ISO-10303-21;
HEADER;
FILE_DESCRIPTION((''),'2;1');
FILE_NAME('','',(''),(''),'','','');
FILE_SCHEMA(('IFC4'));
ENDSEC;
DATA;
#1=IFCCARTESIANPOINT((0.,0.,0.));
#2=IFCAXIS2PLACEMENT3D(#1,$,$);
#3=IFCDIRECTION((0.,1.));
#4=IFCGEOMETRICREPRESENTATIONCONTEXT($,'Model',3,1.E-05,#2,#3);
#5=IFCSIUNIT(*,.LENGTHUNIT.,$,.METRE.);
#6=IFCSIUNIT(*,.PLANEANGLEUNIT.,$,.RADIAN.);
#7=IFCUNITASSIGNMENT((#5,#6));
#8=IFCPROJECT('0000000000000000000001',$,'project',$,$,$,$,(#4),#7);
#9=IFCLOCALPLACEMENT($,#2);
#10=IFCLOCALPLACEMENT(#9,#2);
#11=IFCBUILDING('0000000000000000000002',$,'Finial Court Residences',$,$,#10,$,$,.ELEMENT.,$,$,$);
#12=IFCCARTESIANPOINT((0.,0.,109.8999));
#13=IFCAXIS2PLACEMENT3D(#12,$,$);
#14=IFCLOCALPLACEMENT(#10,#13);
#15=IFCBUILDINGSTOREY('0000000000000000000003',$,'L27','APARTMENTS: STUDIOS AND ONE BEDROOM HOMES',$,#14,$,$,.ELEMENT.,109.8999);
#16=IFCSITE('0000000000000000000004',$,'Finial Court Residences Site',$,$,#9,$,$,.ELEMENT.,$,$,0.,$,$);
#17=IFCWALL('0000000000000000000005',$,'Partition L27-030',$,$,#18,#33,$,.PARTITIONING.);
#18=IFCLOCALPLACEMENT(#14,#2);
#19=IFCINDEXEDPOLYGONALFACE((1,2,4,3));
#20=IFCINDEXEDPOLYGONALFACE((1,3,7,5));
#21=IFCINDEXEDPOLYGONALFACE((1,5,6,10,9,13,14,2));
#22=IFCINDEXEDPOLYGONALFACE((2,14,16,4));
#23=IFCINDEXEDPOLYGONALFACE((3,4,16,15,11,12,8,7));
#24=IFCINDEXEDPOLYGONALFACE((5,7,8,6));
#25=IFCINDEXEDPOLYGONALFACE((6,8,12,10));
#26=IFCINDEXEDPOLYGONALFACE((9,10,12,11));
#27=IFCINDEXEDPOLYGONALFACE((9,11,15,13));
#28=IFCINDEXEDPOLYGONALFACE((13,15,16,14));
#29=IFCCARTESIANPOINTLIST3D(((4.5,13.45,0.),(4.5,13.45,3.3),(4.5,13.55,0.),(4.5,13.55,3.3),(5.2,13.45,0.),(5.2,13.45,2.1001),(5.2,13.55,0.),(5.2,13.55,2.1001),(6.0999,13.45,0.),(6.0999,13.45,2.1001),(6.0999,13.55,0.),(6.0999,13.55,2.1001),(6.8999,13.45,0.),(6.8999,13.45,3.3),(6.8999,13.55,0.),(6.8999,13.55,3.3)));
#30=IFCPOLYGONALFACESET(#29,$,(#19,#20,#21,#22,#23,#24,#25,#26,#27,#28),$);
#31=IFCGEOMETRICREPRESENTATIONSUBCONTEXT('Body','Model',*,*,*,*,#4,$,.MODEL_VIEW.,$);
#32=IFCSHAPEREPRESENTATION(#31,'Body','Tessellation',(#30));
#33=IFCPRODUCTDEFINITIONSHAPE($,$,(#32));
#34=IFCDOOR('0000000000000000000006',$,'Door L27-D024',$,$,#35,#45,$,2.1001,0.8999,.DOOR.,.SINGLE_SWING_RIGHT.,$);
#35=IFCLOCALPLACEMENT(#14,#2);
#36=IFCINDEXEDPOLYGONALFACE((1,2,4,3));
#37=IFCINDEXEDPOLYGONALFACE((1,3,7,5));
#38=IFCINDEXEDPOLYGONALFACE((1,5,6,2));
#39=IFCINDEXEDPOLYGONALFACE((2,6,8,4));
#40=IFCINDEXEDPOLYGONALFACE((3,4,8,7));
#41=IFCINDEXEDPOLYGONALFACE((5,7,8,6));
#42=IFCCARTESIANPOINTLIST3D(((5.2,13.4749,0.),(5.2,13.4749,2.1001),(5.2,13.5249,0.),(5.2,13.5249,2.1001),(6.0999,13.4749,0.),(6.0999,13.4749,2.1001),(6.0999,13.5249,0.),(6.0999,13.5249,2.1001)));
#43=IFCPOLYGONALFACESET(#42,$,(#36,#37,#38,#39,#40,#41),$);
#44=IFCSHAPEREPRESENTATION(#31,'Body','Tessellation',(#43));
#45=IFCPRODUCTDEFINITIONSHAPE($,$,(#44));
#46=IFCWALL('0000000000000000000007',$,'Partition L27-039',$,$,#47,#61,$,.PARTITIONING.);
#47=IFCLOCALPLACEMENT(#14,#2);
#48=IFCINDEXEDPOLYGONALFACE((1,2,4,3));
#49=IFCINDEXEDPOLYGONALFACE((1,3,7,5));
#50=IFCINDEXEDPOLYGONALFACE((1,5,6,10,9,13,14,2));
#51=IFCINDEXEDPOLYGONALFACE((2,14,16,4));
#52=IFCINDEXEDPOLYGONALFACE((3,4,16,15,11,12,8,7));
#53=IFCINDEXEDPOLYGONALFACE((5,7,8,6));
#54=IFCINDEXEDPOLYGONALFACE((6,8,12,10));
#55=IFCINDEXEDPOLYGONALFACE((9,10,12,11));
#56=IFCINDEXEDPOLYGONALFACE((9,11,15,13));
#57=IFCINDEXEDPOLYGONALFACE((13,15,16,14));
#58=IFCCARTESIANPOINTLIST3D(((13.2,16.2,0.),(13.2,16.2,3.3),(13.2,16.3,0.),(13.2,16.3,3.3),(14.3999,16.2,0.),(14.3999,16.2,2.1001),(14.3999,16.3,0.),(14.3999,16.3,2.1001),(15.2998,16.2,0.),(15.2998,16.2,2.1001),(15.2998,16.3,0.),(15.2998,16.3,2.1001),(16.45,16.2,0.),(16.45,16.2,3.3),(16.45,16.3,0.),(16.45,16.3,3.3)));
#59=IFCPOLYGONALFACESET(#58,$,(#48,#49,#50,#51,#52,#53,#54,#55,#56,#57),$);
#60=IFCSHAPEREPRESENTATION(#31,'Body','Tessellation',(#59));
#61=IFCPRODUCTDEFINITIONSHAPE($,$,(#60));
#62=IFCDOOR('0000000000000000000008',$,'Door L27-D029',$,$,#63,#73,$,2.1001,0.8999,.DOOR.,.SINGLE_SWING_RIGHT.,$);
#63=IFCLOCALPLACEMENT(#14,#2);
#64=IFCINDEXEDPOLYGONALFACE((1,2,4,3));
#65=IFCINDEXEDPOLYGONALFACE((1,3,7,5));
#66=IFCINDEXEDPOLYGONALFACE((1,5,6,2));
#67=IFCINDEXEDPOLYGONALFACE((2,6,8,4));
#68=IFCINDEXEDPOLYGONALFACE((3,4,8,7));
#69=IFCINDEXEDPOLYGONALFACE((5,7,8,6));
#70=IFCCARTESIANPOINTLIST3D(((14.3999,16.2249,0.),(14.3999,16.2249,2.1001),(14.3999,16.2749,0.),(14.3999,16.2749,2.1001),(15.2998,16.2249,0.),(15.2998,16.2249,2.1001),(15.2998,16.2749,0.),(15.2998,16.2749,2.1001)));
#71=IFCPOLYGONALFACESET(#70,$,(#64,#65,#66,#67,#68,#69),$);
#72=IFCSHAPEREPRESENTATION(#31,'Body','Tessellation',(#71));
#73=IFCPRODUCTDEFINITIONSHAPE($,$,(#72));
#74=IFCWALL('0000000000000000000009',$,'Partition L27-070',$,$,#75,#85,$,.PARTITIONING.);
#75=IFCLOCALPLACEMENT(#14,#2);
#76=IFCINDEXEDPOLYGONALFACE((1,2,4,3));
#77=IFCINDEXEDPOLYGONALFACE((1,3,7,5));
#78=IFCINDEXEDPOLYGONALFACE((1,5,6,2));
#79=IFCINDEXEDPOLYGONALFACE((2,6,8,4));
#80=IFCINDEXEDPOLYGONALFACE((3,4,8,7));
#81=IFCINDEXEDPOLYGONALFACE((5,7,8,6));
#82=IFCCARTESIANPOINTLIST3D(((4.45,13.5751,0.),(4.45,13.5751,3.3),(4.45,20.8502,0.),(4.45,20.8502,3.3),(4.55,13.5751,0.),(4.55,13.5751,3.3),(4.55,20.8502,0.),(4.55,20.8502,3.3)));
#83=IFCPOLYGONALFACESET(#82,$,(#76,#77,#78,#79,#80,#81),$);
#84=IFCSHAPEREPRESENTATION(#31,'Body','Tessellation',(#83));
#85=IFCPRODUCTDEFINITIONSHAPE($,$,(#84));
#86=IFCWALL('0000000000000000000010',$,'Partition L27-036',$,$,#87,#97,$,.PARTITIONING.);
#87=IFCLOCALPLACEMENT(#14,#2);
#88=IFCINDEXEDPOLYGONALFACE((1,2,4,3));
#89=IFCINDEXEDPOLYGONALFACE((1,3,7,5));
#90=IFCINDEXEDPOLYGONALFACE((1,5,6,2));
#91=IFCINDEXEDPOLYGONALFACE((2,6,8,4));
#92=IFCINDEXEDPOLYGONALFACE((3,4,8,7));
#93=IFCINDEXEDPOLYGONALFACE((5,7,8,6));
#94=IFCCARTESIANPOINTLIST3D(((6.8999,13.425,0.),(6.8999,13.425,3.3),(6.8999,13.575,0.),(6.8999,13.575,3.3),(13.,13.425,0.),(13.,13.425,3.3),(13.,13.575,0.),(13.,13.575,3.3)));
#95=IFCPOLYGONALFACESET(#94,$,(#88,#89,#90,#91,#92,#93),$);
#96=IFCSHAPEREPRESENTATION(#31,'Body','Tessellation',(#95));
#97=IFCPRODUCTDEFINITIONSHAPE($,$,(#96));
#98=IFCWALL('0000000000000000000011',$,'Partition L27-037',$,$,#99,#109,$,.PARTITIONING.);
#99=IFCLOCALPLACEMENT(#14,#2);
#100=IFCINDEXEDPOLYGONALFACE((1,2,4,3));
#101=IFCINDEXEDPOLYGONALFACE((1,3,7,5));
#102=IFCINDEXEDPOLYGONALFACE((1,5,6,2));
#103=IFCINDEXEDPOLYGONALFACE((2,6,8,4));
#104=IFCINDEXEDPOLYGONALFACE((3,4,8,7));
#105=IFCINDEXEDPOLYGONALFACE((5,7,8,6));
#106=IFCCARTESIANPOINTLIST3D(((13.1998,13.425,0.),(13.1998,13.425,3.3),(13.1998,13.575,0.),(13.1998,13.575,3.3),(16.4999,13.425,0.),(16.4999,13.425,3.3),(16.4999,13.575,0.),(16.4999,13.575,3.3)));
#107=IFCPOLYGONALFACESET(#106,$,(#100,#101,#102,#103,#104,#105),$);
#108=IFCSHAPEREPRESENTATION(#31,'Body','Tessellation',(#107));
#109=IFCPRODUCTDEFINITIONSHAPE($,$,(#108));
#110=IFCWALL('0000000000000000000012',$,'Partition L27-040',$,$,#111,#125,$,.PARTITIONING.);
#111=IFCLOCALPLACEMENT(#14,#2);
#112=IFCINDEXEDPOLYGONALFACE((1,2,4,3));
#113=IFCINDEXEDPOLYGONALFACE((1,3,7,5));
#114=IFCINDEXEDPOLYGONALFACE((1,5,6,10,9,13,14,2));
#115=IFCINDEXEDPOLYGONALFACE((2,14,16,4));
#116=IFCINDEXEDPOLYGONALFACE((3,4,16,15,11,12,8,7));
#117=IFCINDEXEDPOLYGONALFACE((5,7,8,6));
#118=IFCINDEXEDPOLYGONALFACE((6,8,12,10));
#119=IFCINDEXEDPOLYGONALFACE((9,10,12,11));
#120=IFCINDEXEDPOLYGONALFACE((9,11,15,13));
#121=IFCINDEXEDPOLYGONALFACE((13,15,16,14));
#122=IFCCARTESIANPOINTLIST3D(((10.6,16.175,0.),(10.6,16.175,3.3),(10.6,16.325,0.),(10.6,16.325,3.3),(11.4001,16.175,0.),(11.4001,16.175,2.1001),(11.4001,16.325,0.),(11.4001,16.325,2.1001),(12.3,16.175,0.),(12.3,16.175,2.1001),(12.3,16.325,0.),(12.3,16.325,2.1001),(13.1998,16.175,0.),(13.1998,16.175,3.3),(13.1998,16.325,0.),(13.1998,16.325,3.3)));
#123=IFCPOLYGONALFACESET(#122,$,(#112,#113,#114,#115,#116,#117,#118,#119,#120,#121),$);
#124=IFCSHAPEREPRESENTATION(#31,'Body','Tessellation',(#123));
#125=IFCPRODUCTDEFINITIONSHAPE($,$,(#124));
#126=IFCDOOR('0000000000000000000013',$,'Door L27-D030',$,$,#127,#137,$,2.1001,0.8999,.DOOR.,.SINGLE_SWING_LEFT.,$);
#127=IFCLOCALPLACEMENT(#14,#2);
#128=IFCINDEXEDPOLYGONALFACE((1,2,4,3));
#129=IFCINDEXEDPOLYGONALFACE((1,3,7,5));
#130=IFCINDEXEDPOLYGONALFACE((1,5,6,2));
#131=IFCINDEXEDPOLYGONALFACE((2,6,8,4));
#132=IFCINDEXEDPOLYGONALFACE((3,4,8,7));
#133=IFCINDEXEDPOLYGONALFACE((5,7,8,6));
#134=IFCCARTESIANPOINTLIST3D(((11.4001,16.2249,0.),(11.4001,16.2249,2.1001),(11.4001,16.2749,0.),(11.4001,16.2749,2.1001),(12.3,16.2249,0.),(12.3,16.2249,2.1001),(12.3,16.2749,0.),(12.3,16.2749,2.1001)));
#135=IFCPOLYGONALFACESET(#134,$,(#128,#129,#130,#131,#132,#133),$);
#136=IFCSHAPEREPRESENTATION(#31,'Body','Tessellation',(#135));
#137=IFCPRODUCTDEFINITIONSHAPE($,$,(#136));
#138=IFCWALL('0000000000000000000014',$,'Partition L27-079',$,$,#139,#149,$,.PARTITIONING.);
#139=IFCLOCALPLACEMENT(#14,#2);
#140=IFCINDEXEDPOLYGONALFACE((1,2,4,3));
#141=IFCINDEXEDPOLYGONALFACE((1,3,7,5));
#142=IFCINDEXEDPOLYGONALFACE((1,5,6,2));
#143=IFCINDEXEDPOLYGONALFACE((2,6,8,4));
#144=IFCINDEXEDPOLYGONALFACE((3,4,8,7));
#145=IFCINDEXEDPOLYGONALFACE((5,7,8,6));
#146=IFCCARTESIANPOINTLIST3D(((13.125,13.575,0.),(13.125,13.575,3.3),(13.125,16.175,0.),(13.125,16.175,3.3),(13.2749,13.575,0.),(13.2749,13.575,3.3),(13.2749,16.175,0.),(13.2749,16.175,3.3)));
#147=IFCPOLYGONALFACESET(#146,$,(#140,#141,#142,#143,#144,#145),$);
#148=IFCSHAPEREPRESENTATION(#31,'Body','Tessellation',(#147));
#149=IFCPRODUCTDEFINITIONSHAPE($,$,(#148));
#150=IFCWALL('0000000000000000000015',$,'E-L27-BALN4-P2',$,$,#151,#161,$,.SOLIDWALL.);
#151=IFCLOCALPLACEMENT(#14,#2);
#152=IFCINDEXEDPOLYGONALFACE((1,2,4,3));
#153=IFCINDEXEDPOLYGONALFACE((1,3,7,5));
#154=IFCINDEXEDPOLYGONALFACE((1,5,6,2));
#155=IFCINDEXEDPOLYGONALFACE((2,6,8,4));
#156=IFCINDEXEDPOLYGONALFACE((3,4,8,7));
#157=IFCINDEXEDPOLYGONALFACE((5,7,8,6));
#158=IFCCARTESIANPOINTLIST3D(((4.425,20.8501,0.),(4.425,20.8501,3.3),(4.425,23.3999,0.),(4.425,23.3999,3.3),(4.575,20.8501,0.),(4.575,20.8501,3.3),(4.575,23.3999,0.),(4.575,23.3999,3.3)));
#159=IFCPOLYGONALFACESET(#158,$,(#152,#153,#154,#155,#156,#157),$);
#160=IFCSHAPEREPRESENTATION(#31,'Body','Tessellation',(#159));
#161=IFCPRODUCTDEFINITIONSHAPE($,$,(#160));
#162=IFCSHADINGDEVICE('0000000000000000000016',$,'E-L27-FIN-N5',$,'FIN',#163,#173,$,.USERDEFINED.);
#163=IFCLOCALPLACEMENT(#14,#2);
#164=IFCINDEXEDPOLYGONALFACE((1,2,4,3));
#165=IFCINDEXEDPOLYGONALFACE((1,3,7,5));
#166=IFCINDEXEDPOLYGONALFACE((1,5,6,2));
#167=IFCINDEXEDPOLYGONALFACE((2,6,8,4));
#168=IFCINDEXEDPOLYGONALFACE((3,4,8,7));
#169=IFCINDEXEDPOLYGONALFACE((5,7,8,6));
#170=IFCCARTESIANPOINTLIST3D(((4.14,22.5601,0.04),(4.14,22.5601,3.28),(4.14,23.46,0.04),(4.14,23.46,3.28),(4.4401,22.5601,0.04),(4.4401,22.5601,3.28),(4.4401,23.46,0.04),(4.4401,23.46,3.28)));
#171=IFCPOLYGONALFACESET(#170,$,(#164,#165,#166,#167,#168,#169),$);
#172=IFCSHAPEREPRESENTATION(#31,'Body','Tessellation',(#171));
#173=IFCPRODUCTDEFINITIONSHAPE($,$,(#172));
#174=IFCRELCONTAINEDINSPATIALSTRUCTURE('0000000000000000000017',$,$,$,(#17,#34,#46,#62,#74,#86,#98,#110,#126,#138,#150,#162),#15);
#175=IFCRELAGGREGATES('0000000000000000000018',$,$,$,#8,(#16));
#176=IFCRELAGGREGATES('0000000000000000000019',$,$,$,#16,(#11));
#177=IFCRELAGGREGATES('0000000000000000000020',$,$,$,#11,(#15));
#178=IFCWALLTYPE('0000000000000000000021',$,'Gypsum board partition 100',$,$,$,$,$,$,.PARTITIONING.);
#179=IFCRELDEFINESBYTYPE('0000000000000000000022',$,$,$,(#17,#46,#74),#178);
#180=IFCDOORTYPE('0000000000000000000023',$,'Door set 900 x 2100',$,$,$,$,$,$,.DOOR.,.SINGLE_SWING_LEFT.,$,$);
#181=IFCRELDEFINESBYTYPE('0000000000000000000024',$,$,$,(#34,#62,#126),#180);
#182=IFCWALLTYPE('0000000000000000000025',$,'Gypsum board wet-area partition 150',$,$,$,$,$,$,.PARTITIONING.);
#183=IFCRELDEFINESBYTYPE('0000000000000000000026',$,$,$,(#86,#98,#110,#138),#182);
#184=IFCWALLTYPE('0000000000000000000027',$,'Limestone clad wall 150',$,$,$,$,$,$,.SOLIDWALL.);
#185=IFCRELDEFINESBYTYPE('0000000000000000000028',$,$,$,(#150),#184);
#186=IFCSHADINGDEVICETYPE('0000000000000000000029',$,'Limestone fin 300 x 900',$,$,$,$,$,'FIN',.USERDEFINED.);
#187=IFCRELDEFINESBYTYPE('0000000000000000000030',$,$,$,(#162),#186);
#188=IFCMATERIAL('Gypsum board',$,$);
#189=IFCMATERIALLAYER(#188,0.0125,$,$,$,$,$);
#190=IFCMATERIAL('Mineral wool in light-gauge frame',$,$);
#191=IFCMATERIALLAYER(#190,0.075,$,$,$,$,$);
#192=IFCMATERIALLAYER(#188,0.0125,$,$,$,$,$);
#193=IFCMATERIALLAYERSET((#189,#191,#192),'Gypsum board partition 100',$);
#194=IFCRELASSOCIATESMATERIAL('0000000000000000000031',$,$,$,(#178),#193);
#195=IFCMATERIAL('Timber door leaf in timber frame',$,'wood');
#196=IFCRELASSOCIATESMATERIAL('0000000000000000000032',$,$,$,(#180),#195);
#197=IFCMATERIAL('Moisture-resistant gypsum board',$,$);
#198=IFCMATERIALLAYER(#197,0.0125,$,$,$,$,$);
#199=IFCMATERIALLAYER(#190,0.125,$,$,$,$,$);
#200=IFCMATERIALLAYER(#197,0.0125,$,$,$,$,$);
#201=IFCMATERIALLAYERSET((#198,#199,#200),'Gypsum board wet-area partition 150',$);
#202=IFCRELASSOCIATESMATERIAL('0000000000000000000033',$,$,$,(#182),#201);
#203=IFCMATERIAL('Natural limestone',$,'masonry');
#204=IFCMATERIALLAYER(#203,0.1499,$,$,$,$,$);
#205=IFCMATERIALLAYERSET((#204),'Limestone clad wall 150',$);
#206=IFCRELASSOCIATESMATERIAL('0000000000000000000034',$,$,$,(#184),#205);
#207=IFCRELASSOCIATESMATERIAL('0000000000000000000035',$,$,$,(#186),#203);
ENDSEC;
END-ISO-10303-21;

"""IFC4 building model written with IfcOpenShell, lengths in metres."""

from ifc_helpers import new_model, si_unit, direction, frame, frame_2d, origin, origin_2d, place, context, subcontext, project, spatial, rectangle, extrude, material, layer, layer_set, type_object, element, fill, save


model = new_model("IFC4")

# Units and contexts
model_context = context("Model", 3, precision=1e-05, world=origin(), true_north=direction((0.0, 1.0)))
body_context = subcontext(model_context, "Body", "Model", "MODEL_VIEW")
ifc_project = project(units=[si_unit("LENGTHUNIT", "METRE"), si_unit("PLANEANGLEUNIT", "RADIAN")], contexts=[model_context])

# Site, building, storey
site_placement = place(None, origin())
site = spatial("IfcSite", under=ifc_project, at=site_placement, Name="Finial Court Residences Site", CompositionType="ELEMENT", RefElevation=0.0)
building_placement = place(site_placement, origin())
building = spatial("IfcBuilding", under=site, at=building_placement, Name="Finial Court Residences", CompositionType="ELEMENT")
storey_placement = place(building_placement, frame((0.0, 0.0, 109.8999)))
storey = spatial("IfcBuildingStorey", under=building, at=storey_placement, Name="L27", Description="APARTMENTS: STUDIOS AND ONE BEDROOM HOMES", CompositionType="ELEMENT", Elevation=109.8999)

# Shared definitions
ifc_material_1 = material(Name="Gypsum board")

# Walls, openings, doors
ifc_layer_1 = layer(ifc_material_1, 0.0125)
ifc_material_2 = material(Name="Mineral wool in light-gauge frame")
ifc_layer_2 = layer(ifc_material_2, 0.075)
ifc_layer_3 = layer(ifc_material_1, 0.0125)
ifc_layer_set_1 = layer_set([ifc_layer_1, ifc_layer_2, ifc_layer_3], Name="Gypsum board partition 100")
wall_type_1 = type_object("IfcWallType", Name="Gypsum board partition 100", PredefinedType="PARTITIONING", material=ifc_layer_set_1)
wall_1_placement = place(storey_placement, frame((4.5, 13.5, 0.0), z_axis=(0.0, 0.0, 1.0), x_axis=(1.0, 0.0, 0.0)))
wall_1 = element("IfcWall", 1, at=wall_1_placement, inside=storey, type_object=wall_type_1, Name="Partition L27-030", PredefinedType="PARTITIONING", context=body_context, shape_type="SweptSolid", body=[
    extrude(rectangle(XDim=2.3999, YDim=0.1001, at=frame_2d((1.2, 0.0))), origin(), (0.0, 0.0, 1.0), 3.3),
])
opening_1_placement = place(wall_1_placement, frame((0.7, 0.0, 0.0)))
opening_1 = element("IfcOpeningElement", 2, at=opening_1_placement, cuts=wall_1, PredefinedType="OPENING", context=body_context, shape_type="SweptSolid", body=[
    extrude(rectangle(XDim=0.8999, YDim=2.1001, at=frame_2d((0.45, 1.05))), frame((0.0, 0.0601, 0.0), z_axis=(0.0, -1.0, 0.0), x_axis=(1.0, 0.0, 0.0)), (0.0, 0.0, 1.0), 0.1201),
])
ifc_material_3 = material(Name="Timber door leaf in timber frame", Category="wood")
door_type = type_object("IfcDoorType", Name="Door set 900 x 2100", OperationType="SINGLE_SWING_LEFT", PredefinedType="DOOR", material=ifc_material_3)
door_1_placement = place(opening_1_placement, origin())
door_1 = element("IfcDoor", 3, at=door_1_placement, inside=storey, type_object=door_type, Name="Door L27-D024", OperationType="SINGLE_SWING_RIGHT", OverallHeight=2.1001, OverallWidth=0.8999, PredefinedType="DOOR", context=body_context, shape_type="SweptSolid", body=[
    extrude(rectangle(XDim=0.8999, YDim=2.1001, at=frame_2d((0.45, 1.05))), frame((0.0, 0.0249, 0.0), z_axis=(0.0, -1.0, 0.0), x_axis=(1.0, 0.0, 0.0)), (0.0, 0.0, 1.0), 0.05),
])
fill(opening_1, door_1)
wall_2_placement = place(storey_placement, frame((13.2, 16.25, 0.0), z_axis=(0.0, 0.0, 1.0), x_axis=(1.0, 0.0, 0.0)))
wall_2 = element("IfcWall", 4, at=wall_2_placement, inside=storey, type_object=wall_type_1, Name="Partition L27-039", PredefinedType="PARTITIONING", context=body_context, shape_type="SweptSolid", body=[
    extrude(rectangle(XDim=3.25, YDim=0.1001, at=frame_2d((1.625, 0.0))), origin(), (0.0, 0.0, 1.0), 3.3),
])
opening_2_placement = place(wall_2_placement, frame((1.2, 0.0, 0.0)))
opening_2 = element("IfcOpeningElement", 5, at=opening_2_placement, cuts=wall_2, PredefinedType="OPENING", context=body_context, shape_type="SweptSolid", body=[
    extrude(rectangle(XDim=0.8999, YDim=2.1001, at=frame_2d((0.45, 1.05))), frame((0.0, 0.0601, 0.0), z_axis=(0.0, -1.0, 0.0), x_axis=(1.0, 0.0, 0.0)), (0.0, 0.0, 1.0), 0.1201),
])
door_2_placement = place(opening_2_placement, origin())
door_2 = element("IfcDoor", 6, at=door_2_placement, inside=storey, type_object=door_type, Name="Door L27-D029", OperationType="SINGLE_SWING_RIGHT", OverallHeight=2.1001, OverallWidth=0.8999, PredefinedType="DOOR", context=body_context, shape_type="SweptSolid", body=[
    extrude(rectangle(XDim=0.8999, YDim=2.1001, at=frame_2d((0.45, 1.05))), frame((0.0, 0.0249, 0.0), z_axis=(0.0, -1.0, 0.0), x_axis=(1.0, 0.0, 0.0)), (0.0, 0.0, 1.0), 0.05),
])
fill(opening_2, door_2)

# Walls
wall_3_placement = place(storey_placement, frame((4.5, 13.575, 0.0), z_axis=(0.0, 0.0, 1.0), x_axis=(0.0, 1.0, 0.0)))
element("IfcWall", 7, at=wall_3_placement, inside=storey, type_object=wall_type_1, Name="Partition L27-070", PredefinedType="PARTITIONING", context=body_context, shape_type="SweptSolid", body=[
    extrude(rectangle(XDim=7.2751, YDim=0.1001, at=frame_2d((3.6377, 0.0))), origin(), (0.0, 0.0, 1.0), 3.3),
])
ifc_material_4 = material(Name="Moisture-resistant gypsum board")
ifc_layer_4 = layer(ifc_material_4, 0.0125)
ifc_layer_5 = layer(ifc_material_2, 0.125)
ifc_layer_6 = layer(ifc_material_4, 0.0125)
ifc_layer_set_2 = layer_set([ifc_layer_4, ifc_layer_5, ifc_layer_6], Name="Gypsum board wet-area partition 150")
wall_type_2 = type_object("IfcWallType", Name="Gypsum board wet-area partition 150", PredefinedType="PARTITIONING", material=ifc_layer_set_2)
wall_4_placement = place(storey_placement, frame((6.8999, 13.5, 0.0), z_axis=(0.0, 0.0, 1.0), x_axis=(1.0, 0.0, 0.0)))
element("IfcWall", 8, at=wall_4_placement, inside=storey, type_object=wall_type_2, Name="Partition L27-036", PredefinedType="PARTITIONING", context=body_context, shape_type="SweptSolid", body=[
    extrude(rectangle(XDim=6.1001, YDim=0.1499, at=frame_2d((3.05, 0.0))), origin(), (0.0, 0.0, 1.0), 3.3),
])
wall_5_placement = place(storey_placement, frame((13.2, 13.5, 0.0), z_axis=(0.0, 0.0, 1.0), x_axis=(1.0, 0.0, 0.0)))
element("IfcWall", 9, at=wall_5_placement, inside=storey, type_object=wall_type_2, Name="Partition L27-037", PredefinedType="PARTITIONING", context=body_context, shape_type="SweptSolid", body=[
    extrude(rectangle(XDim=3.3, YDim=0.1499, at=frame_2d((1.6499, 0.0))), origin(), (0.0, 0.0, 1.0), 3.3),
])

# Wall, opening, door
wall_6_placement = place(storey_placement, frame((10.6001, 16.25, 0.0), z_axis=(0.0, 0.0, 1.0), x_axis=(1.0, 0.0, 0.0)))
wall_6 = element("IfcWall", 10, at=wall_6_placement, inside=storey, type_object=wall_type_2, Name="Partition L27-040", PredefinedType="PARTITIONING", context=body_context, shape_type="SweptSolid", body=[
    extrude(rectangle(XDim=2.5999, YDim=0.1499, at=frame_2d((1.2998, 0.0))), origin(), (0.0, 0.0, 1.0), 3.3),
])
opening_3_placement = place(wall_6_placement, frame((0.8, 0.0, 0.0)))
opening_3 = element("IfcOpeningElement", 11, at=opening_3_placement, cuts=wall_6, PredefinedType="OPENING", context=body_context, shape_type="SweptSolid", body=[
    extrude(rectangle(XDim=0.8999, YDim=2.1001, at=frame_2d((0.45, 1.05))), frame((0.0, 0.085, 0.0), z_axis=(0.0, -1.0, 0.0), x_axis=(1.0, 0.0, 0.0)), (0.0, 0.0, 1.0), 0.1699),
])
door_3_placement = place(opening_3_placement, origin())
door_3 = element("IfcDoor", 12, at=door_3_placement, inside=storey, type_object=door_type, Name="Door L27-D030", OperationType="SINGLE_SWING_LEFT", OverallHeight=2.1001, OverallWidth=0.8999, PredefinedType="DOOR", context=body_context, shape_type="SweptSolid", body=[
    extrude(rectangle(XDim=0.8999, YDim=2.1001, at=frame_2d((0.45, 1.05))), frame((0.0, 0.0249, 0.0), z_axis=(0.0, -1.0, 0.0), x_axis=(1.0, 0.0, 0.0)), (0.0, 0.0, 1.0), 0.05),
])
fill(opening_3, door_3)

# Walls
wall_7_placement = place(storey_placement, frame((13.2, 13.575, 0.0), z_axis=(0.0, 0.0, 1.0), x_axis=(0.0, 1.0, 0.0)))
element("IfcWall", 13, at=wall_7_placement, inside=storey, type_object=wall_type_2, Name="Partition L27-079", PredefinedType="PARTITIONING", context=body_context, shape_type="SweptSolid", body=[
    extrude(rectangle(XDim=2.6001, YDim=0.1499, at=frame_2d((1.3, 0.0))), origin(), (0.0, 0.0, 1.0), 3.3),
])
ifc_material_5 = material(Name="Natural limestone", Category="masonry")
ifc_layer_7 = layer(ifc_material_5, 0.1499)
ifc_layer_set_3 = layer_set([ifc_layer_7], Name="Limestone clad wall 150")
wall_type_3 = type_object("IfcWallType", Name="Limestone clad wall 150", PredefinedType="SOLIDWALL", material=ifc_layer_set_3)
wall_8_placement = place(storey_placement, frame((4.5, 20.8501, 0.0), z_axis=(0.0, 0.0, 1.0), x_axis=(0.0, 1.0, 0.0)))
element("IfcWall", 14, at=wall_8_placement, inside=storey, type_object=wall_type_3, Name="E-L27-BALN4-P2", PredefinedType="SOLIDWALL", context=body_context, shape_type="SweptSolid", body=[
    extrude(rectangle(XDim=2.5498, YDim=0.1499, at=frame_2d((1.2749, 0.0))), origin(), (0.0, 0.0, 1.0), 3.3),
])

# Shading device
shading_device_type = type_object("IfcShadingDeviceType", Name="Limestone fin 300 x 900", ElementType="FIN", PredefinedType="USERDEFINED", material=ifc_material_5)
shading_device_1_placement = place(storey_placement, frame((4.29, 23.01, 0.04), z_axis=(0.0, 0.0, 1.0), x_axis=(1.0, 0.0, 0.0)))
element("IfcShadingDevice", 15, at=shading_device_1_placement, inside=storey, type_object=shading_device_type, Name="E-L27-FIN-N5", ObjectType="FIN", PredefinedType="USERDEFINED", context=body_context, shape_type="SweptSolid", body=[
    extrude(rectangle(XDim=0.3, YDim=0.8999, at=origin_2d()), origin(), (0.0, 0.0, 1.0), 3.24),
])

save(model, "model.ifc")
